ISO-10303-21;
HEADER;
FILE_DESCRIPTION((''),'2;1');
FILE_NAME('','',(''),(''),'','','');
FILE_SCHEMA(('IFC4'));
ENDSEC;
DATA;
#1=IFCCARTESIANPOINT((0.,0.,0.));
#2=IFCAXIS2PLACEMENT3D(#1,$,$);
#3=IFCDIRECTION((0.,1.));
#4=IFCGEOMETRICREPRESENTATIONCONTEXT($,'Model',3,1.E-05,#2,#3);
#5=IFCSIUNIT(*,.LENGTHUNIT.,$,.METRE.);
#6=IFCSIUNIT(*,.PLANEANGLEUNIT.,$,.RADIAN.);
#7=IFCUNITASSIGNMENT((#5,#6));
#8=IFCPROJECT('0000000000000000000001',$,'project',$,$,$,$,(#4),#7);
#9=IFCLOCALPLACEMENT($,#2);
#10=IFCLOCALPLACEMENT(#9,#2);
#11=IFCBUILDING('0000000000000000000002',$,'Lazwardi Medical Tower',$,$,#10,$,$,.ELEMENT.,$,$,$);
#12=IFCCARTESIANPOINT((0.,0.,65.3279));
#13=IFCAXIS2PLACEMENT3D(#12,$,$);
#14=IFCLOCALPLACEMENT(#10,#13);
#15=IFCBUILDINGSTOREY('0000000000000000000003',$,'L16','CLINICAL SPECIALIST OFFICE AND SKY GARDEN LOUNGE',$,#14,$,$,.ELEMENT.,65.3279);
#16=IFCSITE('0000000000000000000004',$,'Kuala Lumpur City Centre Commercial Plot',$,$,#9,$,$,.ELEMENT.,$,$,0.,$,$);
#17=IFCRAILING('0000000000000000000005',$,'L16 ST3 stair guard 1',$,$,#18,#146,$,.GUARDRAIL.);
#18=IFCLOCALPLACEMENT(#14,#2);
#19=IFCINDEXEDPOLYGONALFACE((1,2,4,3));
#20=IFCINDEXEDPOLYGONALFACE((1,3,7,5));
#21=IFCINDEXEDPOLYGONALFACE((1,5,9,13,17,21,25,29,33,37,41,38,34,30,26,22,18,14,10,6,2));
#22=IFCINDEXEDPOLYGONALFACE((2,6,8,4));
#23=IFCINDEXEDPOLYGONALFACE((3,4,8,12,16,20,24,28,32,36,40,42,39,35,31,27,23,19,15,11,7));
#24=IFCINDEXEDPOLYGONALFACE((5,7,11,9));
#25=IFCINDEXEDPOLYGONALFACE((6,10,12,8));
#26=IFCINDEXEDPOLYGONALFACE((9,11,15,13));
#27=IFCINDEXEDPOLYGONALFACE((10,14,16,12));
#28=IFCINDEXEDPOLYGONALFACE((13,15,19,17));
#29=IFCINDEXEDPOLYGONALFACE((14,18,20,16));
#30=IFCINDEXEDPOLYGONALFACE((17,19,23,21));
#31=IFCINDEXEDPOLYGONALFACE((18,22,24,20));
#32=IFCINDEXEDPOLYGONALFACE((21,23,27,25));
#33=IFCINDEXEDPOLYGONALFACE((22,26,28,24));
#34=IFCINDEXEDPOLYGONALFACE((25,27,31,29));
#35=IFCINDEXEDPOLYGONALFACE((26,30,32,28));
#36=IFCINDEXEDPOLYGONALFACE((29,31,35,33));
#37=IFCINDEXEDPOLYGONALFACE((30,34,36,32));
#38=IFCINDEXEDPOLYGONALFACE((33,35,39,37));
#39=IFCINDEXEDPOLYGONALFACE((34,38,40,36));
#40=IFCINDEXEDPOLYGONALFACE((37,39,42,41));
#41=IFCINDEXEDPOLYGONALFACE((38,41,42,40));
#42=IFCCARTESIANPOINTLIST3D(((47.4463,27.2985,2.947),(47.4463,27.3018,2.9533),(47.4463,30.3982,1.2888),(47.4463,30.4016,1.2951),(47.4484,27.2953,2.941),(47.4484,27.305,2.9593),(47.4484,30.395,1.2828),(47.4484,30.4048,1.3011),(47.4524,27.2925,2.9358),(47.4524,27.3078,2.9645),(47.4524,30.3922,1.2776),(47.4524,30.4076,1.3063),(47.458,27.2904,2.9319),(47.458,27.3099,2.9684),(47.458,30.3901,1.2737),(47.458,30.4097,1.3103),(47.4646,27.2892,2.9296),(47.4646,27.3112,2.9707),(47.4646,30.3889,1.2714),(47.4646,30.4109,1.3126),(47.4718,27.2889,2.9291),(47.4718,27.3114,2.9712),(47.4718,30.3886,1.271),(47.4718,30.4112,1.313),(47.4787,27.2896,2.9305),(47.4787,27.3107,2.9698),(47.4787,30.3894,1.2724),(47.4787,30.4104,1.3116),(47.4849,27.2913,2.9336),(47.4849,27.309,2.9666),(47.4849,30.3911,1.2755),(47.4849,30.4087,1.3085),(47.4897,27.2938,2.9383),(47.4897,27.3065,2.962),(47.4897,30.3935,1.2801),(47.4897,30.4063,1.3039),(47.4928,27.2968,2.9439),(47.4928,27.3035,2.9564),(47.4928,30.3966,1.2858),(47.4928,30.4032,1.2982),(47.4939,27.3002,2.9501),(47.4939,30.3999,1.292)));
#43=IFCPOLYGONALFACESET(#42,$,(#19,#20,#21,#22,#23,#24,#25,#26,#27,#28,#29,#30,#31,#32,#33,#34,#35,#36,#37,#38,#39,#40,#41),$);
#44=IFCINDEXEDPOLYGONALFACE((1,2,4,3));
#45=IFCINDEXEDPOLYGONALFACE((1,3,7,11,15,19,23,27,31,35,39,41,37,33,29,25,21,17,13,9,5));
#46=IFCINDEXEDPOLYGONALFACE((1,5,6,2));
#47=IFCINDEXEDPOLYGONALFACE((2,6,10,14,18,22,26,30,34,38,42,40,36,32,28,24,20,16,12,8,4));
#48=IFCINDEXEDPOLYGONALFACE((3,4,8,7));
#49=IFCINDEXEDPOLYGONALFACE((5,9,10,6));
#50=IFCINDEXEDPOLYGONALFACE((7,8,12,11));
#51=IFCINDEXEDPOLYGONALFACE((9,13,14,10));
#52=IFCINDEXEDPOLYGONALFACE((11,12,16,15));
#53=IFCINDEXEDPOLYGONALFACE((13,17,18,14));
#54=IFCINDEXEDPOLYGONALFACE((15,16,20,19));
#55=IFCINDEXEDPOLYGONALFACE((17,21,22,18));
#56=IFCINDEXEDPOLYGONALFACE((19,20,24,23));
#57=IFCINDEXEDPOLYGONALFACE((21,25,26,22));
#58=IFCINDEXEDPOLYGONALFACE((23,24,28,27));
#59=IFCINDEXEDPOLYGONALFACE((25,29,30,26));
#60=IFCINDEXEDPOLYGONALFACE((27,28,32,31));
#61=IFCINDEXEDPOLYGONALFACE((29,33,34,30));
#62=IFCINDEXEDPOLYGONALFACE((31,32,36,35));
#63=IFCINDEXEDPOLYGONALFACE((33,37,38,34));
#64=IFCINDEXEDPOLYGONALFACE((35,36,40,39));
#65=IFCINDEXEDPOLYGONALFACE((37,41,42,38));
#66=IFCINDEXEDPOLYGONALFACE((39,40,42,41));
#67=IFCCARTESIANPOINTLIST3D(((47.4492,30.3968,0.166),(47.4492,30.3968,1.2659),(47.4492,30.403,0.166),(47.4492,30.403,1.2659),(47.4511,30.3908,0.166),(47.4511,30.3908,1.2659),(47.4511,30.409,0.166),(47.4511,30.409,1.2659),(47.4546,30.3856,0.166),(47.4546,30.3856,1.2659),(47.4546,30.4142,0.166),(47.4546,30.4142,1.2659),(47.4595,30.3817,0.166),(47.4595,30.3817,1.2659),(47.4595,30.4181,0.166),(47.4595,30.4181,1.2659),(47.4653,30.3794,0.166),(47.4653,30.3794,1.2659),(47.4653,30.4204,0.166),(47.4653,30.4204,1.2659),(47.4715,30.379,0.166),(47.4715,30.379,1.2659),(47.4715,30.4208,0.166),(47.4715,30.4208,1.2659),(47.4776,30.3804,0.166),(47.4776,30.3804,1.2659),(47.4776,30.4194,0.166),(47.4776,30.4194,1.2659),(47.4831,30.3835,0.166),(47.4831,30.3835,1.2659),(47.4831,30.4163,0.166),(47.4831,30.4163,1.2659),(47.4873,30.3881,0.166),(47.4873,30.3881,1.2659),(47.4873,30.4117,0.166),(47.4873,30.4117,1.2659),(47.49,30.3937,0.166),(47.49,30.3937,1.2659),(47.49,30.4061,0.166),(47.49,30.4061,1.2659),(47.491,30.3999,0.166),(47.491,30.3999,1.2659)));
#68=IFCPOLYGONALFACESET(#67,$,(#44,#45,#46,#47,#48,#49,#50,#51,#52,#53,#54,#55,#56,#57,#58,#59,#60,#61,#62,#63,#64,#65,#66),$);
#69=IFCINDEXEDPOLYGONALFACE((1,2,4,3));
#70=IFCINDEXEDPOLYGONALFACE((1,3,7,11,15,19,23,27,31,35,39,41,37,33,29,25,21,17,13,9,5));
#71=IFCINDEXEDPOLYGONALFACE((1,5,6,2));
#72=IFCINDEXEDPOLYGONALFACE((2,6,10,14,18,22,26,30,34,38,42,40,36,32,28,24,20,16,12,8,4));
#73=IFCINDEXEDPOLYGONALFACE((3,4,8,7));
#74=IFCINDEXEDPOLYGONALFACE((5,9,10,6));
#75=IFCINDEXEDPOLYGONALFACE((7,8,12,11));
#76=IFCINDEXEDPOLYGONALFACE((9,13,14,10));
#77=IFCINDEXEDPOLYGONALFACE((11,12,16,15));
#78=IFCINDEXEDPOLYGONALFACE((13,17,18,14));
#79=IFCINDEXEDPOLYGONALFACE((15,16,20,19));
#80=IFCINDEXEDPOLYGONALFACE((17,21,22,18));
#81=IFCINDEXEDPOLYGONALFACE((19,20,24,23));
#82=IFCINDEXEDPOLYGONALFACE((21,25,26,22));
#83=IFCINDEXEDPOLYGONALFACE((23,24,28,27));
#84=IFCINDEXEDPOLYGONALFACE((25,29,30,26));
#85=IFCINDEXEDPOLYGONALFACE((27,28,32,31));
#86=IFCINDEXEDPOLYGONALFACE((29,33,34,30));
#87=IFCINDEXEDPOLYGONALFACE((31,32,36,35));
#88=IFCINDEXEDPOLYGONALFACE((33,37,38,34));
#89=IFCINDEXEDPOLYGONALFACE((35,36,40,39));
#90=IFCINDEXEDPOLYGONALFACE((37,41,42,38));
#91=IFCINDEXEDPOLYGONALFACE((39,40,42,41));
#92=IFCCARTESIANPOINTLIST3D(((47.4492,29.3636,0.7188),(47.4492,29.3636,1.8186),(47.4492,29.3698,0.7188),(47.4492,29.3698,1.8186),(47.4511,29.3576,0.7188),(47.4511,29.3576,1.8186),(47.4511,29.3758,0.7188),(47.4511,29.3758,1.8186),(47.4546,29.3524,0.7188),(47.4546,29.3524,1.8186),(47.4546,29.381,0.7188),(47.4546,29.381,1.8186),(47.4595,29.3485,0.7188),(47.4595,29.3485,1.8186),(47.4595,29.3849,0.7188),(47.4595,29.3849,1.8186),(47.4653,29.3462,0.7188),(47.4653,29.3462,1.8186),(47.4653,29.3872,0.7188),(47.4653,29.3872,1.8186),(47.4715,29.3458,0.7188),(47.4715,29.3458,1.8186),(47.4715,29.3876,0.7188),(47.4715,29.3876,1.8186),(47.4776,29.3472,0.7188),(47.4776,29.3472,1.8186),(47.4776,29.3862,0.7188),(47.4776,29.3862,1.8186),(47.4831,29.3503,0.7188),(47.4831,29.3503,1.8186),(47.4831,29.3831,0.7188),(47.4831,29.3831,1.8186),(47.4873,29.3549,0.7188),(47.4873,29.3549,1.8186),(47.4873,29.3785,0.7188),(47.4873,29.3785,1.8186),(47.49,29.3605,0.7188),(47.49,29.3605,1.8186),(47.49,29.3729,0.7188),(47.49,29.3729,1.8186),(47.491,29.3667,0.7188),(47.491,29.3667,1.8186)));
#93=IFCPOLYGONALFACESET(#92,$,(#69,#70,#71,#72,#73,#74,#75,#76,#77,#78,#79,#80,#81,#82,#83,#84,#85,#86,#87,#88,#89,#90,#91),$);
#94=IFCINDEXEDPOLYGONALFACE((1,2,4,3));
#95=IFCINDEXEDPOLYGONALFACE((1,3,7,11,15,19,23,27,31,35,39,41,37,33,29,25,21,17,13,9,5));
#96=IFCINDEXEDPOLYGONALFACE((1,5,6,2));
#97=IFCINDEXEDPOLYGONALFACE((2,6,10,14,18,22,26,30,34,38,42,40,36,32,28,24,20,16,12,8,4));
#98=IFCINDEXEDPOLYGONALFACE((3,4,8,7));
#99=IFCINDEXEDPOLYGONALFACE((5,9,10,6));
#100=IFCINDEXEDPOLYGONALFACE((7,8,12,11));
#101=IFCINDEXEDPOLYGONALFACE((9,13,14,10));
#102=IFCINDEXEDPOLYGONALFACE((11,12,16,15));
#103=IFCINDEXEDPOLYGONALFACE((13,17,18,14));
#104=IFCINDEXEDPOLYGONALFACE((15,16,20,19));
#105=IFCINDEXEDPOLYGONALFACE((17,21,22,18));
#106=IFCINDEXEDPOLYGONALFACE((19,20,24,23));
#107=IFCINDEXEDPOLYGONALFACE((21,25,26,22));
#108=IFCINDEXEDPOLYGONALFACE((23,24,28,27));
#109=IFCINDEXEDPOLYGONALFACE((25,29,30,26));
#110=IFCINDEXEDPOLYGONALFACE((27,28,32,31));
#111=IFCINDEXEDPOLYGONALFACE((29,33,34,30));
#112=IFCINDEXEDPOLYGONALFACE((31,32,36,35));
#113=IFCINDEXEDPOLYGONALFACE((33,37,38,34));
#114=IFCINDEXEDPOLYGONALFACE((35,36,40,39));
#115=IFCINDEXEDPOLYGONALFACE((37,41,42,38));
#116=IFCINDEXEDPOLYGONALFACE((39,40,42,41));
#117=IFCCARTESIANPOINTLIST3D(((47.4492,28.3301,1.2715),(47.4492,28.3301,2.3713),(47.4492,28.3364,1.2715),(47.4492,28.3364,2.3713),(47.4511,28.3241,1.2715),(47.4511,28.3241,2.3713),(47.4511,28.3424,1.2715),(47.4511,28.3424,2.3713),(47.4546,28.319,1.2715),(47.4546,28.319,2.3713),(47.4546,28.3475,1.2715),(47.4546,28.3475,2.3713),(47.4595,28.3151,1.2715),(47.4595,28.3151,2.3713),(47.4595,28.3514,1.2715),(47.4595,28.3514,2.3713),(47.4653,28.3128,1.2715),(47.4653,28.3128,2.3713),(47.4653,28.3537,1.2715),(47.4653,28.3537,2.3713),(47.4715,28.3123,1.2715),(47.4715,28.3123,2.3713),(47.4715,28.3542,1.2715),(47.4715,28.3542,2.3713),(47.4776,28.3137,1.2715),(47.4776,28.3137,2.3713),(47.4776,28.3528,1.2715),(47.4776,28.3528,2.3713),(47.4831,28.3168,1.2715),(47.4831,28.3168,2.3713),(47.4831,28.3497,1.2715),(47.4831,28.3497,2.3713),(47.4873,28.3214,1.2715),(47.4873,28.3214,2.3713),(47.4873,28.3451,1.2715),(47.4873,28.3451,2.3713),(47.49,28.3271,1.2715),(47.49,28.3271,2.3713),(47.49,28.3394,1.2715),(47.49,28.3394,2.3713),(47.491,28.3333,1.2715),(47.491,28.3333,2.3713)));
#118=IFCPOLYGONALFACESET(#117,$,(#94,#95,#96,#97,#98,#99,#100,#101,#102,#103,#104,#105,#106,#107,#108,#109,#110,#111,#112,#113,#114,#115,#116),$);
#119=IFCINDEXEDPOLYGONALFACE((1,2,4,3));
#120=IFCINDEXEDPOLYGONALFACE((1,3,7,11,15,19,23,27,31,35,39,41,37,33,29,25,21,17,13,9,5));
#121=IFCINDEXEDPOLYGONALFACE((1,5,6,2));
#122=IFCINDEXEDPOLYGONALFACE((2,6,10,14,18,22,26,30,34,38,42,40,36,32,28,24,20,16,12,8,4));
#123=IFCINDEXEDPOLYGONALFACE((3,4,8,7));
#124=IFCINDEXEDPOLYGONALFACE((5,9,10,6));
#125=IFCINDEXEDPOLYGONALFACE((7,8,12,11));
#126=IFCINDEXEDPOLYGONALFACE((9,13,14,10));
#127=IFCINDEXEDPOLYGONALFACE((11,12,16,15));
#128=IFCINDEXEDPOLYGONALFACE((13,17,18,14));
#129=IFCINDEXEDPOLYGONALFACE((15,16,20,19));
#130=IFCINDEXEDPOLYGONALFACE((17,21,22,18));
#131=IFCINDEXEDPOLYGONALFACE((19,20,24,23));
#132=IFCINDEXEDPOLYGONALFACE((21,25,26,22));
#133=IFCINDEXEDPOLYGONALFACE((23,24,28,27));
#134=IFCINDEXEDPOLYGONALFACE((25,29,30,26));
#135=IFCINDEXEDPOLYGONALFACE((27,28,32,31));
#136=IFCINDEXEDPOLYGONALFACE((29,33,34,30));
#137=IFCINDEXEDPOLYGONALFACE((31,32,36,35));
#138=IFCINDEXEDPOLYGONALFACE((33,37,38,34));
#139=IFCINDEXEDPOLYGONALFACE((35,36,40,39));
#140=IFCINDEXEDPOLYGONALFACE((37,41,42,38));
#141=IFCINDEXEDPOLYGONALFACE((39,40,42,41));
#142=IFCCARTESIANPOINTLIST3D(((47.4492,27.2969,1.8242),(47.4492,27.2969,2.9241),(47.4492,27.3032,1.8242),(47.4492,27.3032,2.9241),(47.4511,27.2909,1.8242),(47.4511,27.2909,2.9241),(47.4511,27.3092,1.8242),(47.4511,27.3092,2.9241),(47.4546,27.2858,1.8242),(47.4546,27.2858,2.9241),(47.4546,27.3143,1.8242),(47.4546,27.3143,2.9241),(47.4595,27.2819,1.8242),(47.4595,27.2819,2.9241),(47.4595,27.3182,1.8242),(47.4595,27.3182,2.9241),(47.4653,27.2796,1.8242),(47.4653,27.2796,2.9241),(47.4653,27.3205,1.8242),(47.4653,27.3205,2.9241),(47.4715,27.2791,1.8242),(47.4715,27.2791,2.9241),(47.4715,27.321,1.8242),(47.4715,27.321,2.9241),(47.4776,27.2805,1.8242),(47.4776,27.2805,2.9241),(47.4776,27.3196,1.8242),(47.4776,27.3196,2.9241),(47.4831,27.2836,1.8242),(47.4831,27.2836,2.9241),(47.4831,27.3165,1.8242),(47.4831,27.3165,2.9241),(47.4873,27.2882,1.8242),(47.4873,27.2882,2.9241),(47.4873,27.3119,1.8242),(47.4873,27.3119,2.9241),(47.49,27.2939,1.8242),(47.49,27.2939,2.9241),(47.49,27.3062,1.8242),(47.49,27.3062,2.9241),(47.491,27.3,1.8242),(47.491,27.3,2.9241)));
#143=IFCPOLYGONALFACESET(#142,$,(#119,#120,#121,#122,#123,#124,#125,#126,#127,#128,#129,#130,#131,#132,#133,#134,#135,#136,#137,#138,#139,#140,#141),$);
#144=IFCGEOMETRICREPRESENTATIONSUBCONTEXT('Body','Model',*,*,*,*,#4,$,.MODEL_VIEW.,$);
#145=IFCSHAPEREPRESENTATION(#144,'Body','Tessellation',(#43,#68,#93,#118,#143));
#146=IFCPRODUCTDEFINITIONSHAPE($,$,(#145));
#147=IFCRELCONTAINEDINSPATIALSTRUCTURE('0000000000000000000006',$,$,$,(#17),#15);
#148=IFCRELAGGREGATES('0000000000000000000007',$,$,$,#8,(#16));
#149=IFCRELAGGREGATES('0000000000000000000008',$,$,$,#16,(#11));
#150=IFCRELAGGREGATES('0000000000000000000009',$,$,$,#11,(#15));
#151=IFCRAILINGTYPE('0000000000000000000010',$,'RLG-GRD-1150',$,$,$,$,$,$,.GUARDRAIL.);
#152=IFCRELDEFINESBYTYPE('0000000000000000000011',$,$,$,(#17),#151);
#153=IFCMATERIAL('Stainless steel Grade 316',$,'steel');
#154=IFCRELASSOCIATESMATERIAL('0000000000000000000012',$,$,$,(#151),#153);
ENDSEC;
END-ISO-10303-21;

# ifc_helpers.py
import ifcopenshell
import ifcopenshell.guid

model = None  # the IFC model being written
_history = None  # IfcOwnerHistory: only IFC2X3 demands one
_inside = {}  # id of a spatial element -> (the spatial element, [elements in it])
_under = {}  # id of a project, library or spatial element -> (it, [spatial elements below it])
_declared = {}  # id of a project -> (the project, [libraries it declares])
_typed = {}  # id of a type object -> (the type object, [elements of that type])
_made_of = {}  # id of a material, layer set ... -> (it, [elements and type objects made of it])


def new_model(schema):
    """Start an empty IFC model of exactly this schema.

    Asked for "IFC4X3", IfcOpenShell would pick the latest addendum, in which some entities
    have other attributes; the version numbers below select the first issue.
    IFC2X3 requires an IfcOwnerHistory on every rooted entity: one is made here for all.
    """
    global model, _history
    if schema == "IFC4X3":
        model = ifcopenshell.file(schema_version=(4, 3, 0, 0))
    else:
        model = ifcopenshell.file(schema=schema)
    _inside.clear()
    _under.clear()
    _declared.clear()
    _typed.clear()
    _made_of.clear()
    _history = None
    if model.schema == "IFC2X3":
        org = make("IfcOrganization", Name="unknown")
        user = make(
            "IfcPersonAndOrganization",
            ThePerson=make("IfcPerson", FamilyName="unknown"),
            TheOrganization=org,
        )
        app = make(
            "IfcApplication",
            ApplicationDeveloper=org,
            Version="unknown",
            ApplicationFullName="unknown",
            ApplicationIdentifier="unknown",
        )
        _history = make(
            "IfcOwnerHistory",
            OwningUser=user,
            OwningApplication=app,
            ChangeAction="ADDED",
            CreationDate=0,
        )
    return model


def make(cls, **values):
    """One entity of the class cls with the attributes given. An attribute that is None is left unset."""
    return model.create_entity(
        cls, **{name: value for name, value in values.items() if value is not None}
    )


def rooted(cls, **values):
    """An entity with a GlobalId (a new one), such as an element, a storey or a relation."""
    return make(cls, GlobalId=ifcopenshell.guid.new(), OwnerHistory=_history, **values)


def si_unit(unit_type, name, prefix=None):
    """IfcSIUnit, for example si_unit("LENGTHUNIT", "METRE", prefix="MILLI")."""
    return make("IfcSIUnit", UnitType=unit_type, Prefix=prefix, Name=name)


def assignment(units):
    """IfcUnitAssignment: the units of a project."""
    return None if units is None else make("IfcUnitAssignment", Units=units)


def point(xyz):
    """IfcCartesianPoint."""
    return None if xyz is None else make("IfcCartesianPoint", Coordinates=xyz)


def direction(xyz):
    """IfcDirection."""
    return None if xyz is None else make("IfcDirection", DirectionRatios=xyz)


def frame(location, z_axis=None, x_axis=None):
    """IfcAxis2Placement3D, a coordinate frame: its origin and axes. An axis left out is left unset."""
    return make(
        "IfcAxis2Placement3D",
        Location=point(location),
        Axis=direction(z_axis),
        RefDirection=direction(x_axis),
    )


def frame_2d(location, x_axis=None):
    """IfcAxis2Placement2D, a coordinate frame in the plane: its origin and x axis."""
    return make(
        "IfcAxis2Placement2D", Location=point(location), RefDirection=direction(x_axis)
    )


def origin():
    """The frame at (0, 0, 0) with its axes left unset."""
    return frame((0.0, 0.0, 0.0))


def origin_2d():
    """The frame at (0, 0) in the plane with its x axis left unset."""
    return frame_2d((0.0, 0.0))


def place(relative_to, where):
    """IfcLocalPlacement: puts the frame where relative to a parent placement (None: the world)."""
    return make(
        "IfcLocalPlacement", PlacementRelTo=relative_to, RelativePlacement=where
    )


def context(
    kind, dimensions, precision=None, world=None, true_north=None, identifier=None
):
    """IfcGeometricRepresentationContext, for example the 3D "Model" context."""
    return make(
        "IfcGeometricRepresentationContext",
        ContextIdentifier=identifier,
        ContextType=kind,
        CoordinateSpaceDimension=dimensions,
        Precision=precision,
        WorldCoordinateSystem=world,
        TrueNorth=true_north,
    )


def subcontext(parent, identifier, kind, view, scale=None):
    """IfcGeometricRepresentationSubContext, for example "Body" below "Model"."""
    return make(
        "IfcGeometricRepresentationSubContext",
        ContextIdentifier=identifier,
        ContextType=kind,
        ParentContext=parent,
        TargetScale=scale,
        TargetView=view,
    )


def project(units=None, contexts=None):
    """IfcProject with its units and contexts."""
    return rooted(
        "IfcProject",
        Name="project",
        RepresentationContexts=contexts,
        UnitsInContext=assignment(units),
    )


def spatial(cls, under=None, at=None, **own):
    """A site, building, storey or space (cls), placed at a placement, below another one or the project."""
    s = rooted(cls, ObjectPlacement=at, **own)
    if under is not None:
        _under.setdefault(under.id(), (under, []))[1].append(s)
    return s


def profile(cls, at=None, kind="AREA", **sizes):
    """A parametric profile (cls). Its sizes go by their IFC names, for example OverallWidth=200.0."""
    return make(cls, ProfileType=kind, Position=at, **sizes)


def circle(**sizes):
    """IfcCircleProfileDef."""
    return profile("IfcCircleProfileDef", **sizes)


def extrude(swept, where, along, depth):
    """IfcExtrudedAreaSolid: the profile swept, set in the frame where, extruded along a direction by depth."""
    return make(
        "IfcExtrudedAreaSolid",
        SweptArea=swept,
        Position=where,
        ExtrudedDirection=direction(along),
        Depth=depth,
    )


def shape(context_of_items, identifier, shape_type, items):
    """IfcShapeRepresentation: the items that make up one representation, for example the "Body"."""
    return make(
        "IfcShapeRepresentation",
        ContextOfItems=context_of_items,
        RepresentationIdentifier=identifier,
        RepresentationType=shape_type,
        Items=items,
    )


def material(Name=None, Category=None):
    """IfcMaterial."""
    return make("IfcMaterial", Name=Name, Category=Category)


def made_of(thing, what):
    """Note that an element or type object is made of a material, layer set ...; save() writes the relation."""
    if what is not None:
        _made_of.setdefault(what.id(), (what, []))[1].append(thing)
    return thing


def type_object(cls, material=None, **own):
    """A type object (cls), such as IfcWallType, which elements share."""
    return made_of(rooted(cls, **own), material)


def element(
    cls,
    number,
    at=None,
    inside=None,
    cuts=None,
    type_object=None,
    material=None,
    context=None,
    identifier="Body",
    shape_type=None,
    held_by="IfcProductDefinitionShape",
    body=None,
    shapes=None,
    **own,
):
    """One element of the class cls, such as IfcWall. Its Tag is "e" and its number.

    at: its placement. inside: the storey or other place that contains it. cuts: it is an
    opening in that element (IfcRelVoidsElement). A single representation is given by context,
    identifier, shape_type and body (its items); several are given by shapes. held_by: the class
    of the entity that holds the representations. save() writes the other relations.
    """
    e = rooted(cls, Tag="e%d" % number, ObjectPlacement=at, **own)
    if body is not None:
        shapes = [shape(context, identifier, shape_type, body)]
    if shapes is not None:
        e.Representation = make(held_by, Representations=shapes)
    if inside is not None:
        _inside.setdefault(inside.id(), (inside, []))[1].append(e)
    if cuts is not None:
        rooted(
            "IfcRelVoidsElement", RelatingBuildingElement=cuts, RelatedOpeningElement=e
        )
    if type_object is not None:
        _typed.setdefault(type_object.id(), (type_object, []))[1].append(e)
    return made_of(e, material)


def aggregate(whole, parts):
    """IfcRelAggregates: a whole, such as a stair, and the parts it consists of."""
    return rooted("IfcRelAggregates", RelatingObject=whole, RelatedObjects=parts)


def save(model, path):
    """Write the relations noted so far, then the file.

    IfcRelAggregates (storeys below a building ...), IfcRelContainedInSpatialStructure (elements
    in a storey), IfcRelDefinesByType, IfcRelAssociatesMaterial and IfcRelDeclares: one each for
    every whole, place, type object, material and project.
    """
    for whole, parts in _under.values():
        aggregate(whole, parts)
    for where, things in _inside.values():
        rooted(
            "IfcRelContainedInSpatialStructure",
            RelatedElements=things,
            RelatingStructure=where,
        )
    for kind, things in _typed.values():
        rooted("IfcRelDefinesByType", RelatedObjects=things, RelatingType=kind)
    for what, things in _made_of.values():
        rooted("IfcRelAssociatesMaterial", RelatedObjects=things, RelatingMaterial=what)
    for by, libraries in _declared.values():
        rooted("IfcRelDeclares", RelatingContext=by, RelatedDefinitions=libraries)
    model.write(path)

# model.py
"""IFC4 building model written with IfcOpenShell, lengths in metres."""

from ifc_helpers import new_model, si_unit, direction, frame, origin, origin_2d, place, context, subcontext, project, spatial, circle, extrude, material, type_object, element, save


model = new_model("IFC4")

# Units and contexts
model_context = context("Model", 3, precision=1e-05, world=origin(), true_north=direction((0.0, 1.0)))
body_context = subcontext(model_context, "Body", "Model", "MODEL_VIEW")
ifc_project = project(units=[si_unit("LENGTHUNIT", "METRE"), si_unit("PLANEANGLEUNIT", "RADIAN")], contexts=[model_context])

# Site, building, storey
site_placement = place(None, origin())
site = spatial("IfcSite", under=ifc_project, at=site_placement, Name="Kuala Lumpur City Centre Commercial Plot", CompositionType="ELEMENT", RefElevation=0.0)
building_placement = place(site_placement, origin())
building = spatial("IfcBuilding", under=site, at=building_placement, Name="Lazwardi Medical Tower", CompositionType="ELEMENT")
storey_placement = place(building_placement, frame((0.0, 0.0, 65.3279)))
storey = spatial("IfcBuildingStorey", under=building, at=storey_placement, Name="L16", Description="CLINICAL SPECIALIST OFFICE AND SKY GARDEN LOUNGE", CompositionType="ELEMENT", Elevation=65.3279)

# Railing
ifc_material_1 = material(Name="Stainless steel Grade 316", Category="steel")
railing_type_1 = type_object("IfcRailingType", Name="RLG-GRD-1150", PredefinedType="GUARDRAIL", material=ifc_material_1)
railing_1_placement = place(storey_placement, frame((47.47, 30.3999, 0.166)))
element("IfcRailing", 1, at=railing_1_placement, inside=storey, type_object=railing_type_1, Name="L16 ST3 stair guard 1", PredefinedType="GUARDRAIL", context=body_context, shape_type="SweptSolid", body=[
    extrude(circle(Radius=0.0239, at=origin_2d()), frame((0.0, 0.0, 1.126), z_axis=(0.0, -0.881768, 0.471684), x_axis=(1.0, 0.0, 0.0)), (0.0, 0.0, 1.0), 3.5154),
    extrude(circle(Radius=0.021, at=origin_2d()), origin(), (0.0, 0.0, 1.0), 1.0999),
    extrude(circle(Radius=0.021, at=origin_2d()), frame((0.0, -1.0332, 0.5527)), (0.0, 0.0, 1.0), 1.0999),
    extrude(circle(Radius=0.021, at=origin_2d()), frame((0.0, -2.0667, 1.1055)), (0.0, 0.0, 1.0), 1.0999),
    extrude(circle(Radius=0.021, at=origin_2d()), frame((0.0, -3.0999, 1.6582)), (0.0, 0.0, 1.0), 1.0999),
])

save(model, "model.ifc")
